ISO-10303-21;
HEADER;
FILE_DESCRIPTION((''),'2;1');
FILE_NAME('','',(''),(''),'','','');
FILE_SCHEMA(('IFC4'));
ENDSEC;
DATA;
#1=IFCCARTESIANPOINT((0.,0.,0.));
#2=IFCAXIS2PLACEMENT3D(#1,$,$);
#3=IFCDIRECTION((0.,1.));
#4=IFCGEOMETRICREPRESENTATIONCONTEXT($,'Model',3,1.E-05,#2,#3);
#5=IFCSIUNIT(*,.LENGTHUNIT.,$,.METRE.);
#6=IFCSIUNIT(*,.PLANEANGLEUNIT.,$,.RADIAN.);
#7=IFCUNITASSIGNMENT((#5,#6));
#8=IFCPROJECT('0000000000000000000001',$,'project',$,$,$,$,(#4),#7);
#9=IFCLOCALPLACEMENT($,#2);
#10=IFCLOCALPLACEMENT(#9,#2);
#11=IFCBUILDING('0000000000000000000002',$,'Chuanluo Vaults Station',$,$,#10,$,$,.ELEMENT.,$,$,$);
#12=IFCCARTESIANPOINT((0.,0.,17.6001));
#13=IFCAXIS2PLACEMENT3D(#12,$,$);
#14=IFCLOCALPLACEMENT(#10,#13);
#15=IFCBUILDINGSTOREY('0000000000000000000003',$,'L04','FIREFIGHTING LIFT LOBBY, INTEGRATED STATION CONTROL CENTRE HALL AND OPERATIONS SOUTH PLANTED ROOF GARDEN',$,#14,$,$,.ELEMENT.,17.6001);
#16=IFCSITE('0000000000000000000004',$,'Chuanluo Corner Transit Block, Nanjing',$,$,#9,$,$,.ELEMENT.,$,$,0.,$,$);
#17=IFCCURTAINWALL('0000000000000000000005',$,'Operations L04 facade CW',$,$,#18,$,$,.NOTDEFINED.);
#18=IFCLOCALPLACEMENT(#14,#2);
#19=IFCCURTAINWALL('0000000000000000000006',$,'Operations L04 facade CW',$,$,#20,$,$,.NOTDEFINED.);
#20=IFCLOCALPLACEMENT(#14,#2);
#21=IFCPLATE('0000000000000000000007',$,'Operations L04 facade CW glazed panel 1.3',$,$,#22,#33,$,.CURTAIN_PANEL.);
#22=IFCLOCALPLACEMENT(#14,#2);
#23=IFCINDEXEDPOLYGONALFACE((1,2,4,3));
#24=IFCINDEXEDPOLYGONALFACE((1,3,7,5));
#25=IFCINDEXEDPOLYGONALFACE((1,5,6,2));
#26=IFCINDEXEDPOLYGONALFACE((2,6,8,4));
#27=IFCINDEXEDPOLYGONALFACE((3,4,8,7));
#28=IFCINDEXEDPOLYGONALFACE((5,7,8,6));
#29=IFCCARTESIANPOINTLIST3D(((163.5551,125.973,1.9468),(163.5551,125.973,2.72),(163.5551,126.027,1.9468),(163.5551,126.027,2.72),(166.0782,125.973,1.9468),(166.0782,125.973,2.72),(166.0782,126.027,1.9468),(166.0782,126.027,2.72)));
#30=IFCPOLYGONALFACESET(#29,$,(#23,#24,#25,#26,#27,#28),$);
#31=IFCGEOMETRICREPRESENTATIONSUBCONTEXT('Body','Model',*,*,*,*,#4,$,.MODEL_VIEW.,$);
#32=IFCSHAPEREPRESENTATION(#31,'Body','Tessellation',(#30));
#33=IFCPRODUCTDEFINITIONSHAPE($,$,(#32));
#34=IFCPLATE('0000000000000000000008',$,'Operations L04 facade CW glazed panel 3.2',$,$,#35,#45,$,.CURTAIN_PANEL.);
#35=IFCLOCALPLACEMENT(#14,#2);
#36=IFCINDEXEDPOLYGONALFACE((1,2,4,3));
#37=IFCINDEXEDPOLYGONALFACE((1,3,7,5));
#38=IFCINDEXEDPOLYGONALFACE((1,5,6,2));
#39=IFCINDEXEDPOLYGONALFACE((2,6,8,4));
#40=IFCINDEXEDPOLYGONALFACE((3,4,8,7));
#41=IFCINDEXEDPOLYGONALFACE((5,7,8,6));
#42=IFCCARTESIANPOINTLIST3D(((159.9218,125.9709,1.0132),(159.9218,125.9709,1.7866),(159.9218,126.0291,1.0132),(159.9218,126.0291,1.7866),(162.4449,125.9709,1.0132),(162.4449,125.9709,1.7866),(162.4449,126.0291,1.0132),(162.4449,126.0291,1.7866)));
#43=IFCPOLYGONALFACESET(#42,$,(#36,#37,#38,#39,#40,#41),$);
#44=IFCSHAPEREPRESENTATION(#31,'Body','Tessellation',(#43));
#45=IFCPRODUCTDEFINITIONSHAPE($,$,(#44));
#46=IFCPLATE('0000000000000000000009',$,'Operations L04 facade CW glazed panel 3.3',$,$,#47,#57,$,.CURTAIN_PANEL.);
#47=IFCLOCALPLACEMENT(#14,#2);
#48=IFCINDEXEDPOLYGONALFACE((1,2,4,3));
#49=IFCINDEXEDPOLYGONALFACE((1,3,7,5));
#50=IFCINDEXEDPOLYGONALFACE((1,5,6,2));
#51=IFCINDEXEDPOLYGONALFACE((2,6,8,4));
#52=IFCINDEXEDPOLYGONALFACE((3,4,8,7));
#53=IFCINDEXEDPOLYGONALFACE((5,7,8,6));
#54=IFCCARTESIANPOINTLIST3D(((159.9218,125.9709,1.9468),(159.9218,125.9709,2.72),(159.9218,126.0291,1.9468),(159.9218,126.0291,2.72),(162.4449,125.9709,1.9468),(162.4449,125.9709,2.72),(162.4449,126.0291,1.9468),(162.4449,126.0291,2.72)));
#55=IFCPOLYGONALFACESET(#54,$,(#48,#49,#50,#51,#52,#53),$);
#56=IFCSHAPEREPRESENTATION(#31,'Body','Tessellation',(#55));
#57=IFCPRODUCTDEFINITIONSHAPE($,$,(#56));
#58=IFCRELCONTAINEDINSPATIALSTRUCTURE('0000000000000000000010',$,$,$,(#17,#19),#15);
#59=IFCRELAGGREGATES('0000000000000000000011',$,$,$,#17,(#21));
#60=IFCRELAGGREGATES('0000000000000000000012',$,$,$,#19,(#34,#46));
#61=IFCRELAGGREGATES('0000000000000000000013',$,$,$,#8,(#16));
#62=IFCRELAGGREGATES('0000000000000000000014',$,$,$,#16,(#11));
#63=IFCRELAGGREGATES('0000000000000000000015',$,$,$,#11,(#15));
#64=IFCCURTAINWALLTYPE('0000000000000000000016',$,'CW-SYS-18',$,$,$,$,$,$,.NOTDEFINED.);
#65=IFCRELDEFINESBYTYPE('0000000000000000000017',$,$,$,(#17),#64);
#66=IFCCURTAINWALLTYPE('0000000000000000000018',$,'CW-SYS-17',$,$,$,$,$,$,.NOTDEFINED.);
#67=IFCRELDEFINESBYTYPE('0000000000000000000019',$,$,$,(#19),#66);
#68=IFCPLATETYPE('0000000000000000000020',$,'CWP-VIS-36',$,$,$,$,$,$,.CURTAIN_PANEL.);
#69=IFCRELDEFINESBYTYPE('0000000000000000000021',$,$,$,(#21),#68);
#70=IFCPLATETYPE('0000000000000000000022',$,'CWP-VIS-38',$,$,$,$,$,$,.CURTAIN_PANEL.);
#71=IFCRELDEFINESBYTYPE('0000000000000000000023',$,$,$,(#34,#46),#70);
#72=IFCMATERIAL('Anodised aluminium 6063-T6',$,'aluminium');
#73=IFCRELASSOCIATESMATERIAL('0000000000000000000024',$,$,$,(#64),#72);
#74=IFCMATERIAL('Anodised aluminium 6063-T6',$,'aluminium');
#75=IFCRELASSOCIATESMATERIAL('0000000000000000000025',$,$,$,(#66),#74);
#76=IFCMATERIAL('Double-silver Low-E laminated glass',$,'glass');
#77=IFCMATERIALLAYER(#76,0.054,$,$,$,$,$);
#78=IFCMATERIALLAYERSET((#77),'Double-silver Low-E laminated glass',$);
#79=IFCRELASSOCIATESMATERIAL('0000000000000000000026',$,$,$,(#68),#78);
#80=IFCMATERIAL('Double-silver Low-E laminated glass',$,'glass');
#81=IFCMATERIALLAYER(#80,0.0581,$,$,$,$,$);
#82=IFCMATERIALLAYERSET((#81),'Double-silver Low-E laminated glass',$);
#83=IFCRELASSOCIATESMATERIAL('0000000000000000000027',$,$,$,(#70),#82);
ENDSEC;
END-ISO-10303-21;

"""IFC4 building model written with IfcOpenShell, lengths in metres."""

from ifc_helpers import new_model, si_unit, direction, frame, origin, origin_2d, place, context, subcontext, project, spatial, rectangle, extrude, material, layer, layer_set, type_object, element, aggregate, save


model = new_model("IFC4")

# Units and contexts
model_context = context("Model", 3, precision=1e-05, world=origin(), true_north=direction((0.0, 1.0)))
body_context = subcontext(model_context, "Body", "Model", "MODEL_VIEW")
ifc_project = project(units=[si_unit("LENGTHUNIT", "METRE"), si_unit("PLANEANGLEUNIT", "RADIAN")], contexts=[model_context])

# Site, building, storey
site_placement = place(None, origin())
site = spatial("IfcSite", under=ifc_project, at=site_placement, Name="Chuanluo Corner Transit Block, Nanjing", CompositionType="ELEMENT", RefElevation=0.0)
building_placement = place(site_placement, origin())
building = spatial("IfcBuilding", under=site, at=building_placement, Name="Chuanluo Vaults Station", CompositionType="ELEMENT")
storey_placement = place(building_placement, frame((0.0, 0.0, 17.6001)))
storey = spatial("IfcBuildingStorey", under=building, at=storey_placement, Name="L04", Description="FIREFIGHTING LIFT LOBBY, INTEGRATED STATION CONTROL CENTRE HALL AND OPERATIONS SOUTH PLANTED ROOF GARDEN", CompositionType="ELEMENT", Elevation=17.6001)

# Curtain walls
ifc_material_1 = material(Name="Anodised aluminium 6063-T6", Category="aluminium")
curtain_wall_type_1 = type_object("IfcCurtainWallType", Name="CW-SYS-18", PredefinedType="NOTDEFINED", material=ifc_material_1)
curtain_wall_1_placement = place(storey_placement, origin())
curtain_wall_1 = element("IfcCurtainWall", 1, at=curtain_wall_1_placement, inside=storey, type_object=curtain_wall_type_1, Name="Operations L04 facade CW", PredefinedType="NOTDEFINED")
ifc_material_2 = material(Name="Anodised aluminium 6063-T6", Category="aluminium")
curtain_wall_type_2 = type_object("IfcCurtainWallType", Name="CW-SYS-17", PredefinedType="NOTDEFINED", material=ifc_material_2)
curtain_wall_2_placement = place(storey_placement, origin())
curtain_wall_2 = element("IfcCurtainWall", 2, at=curtain_wall_2_placement, inside=storey, type_object=curtain_wall_type_2, Name="Operations L04 facade CW", PredefinedType="NOTDEFINED")

# Plates
ifc_material_3 = material(Name="Double-silver Low-E laminated glass", Category="glass")
ifc_layer_1 = layer(ifc_material_3, 0.054)
ifc_layer_set_1 = layer_set([ifc_layer_1], Name="Double-silver Low-E laminated glass")
plate_type_1 = type_object("IfcPlateType", Name="CWP-VIS-36", PredefinedType="CURTAIN_PANEL", material=ifc_layer_set_1)
plate_1_placement = place(storey_placement, frame((164.8167, 126.0, 1.9468), z_axis=(0.0, 0.0, 1.0), x_axis=(1.0, 0.0, 0.0)))
plate_1 = element("IfcPlate", 3, at=plate_1_placement, type_object=plate_type_1, Name="Operations L04 facade CW glazed panel 1.3", PredefinedType="CURTAIN_PANEL", context=body_context, shape_type="SweptSolid", body=[
    extrude(rectangle(XDim=2.5232, YDim=0.054, at=origin_2d()), origin(), (0.0, 0.0, 1.0), 0.7732),
])
aggregate(curtain_wall_1, [plate_1])
ifc_material_4 = material(Name="Double-silver Low-E laminated glass", Category="glass")
ifc_layer_2 = layer(ifc_material_4, 0.0581)
ifc_layer_set_2 = layer_set([ifc_layer_2], Name="Double-silver Low-E laminated glass")
plate_type_2 = type_object("IfcPlateType", Name="CWP-VIS-38", PredefinedType="CURTAIN_PANEL", material=ifc_layer_set_2)
plate_2_placement = place(storey_placement, frame((161.1833, 126.0, 1.0132), z_axis=(0.0, 0.0, 1.0), x_axis=(1.0, 0.0, 0.0)))
plate_2 = element("IfcPlate", 4, at=plate_2_placement, type_object=plate_type_2, Name="Operations L04 facade CW glazed panel 3.2", PredefinedType="CURTAIN_PANEL", context=body_context, shape_type="SweptSolid", body=[
    extrude(rectangle(XDim=2.5232, YDim=0.0581, at=origin_2d()), origin(), (0.0, 0.0, 1.0), 0.7734),
])
plate_3_placement = place(storey_placement, frame((161.1833, 126.0, 1.9468), z_axis=(0.0, 0.0, 1.0), x_axis=(1.0, 0.0, 0.0)))
plate_3 = element("IfcPlate", 5, at=plate_3_placement, type_object=plate_type_2, Name="Operations L04 facade CW glazed panel 3.3", PredefinedType="CURTAIN_PANEL", context=body_context, shape_type="SweptSolid", body=[
    extrude(rectangle(XDim=2.5232, YDim=0.0581, at=origin_2d()), origin(), (0.0, 0.0, 1.0), 0.7732),
])
aggregate(curtain_wall_2, [plate_2, plate_3])

save(model, "model.ifc")
